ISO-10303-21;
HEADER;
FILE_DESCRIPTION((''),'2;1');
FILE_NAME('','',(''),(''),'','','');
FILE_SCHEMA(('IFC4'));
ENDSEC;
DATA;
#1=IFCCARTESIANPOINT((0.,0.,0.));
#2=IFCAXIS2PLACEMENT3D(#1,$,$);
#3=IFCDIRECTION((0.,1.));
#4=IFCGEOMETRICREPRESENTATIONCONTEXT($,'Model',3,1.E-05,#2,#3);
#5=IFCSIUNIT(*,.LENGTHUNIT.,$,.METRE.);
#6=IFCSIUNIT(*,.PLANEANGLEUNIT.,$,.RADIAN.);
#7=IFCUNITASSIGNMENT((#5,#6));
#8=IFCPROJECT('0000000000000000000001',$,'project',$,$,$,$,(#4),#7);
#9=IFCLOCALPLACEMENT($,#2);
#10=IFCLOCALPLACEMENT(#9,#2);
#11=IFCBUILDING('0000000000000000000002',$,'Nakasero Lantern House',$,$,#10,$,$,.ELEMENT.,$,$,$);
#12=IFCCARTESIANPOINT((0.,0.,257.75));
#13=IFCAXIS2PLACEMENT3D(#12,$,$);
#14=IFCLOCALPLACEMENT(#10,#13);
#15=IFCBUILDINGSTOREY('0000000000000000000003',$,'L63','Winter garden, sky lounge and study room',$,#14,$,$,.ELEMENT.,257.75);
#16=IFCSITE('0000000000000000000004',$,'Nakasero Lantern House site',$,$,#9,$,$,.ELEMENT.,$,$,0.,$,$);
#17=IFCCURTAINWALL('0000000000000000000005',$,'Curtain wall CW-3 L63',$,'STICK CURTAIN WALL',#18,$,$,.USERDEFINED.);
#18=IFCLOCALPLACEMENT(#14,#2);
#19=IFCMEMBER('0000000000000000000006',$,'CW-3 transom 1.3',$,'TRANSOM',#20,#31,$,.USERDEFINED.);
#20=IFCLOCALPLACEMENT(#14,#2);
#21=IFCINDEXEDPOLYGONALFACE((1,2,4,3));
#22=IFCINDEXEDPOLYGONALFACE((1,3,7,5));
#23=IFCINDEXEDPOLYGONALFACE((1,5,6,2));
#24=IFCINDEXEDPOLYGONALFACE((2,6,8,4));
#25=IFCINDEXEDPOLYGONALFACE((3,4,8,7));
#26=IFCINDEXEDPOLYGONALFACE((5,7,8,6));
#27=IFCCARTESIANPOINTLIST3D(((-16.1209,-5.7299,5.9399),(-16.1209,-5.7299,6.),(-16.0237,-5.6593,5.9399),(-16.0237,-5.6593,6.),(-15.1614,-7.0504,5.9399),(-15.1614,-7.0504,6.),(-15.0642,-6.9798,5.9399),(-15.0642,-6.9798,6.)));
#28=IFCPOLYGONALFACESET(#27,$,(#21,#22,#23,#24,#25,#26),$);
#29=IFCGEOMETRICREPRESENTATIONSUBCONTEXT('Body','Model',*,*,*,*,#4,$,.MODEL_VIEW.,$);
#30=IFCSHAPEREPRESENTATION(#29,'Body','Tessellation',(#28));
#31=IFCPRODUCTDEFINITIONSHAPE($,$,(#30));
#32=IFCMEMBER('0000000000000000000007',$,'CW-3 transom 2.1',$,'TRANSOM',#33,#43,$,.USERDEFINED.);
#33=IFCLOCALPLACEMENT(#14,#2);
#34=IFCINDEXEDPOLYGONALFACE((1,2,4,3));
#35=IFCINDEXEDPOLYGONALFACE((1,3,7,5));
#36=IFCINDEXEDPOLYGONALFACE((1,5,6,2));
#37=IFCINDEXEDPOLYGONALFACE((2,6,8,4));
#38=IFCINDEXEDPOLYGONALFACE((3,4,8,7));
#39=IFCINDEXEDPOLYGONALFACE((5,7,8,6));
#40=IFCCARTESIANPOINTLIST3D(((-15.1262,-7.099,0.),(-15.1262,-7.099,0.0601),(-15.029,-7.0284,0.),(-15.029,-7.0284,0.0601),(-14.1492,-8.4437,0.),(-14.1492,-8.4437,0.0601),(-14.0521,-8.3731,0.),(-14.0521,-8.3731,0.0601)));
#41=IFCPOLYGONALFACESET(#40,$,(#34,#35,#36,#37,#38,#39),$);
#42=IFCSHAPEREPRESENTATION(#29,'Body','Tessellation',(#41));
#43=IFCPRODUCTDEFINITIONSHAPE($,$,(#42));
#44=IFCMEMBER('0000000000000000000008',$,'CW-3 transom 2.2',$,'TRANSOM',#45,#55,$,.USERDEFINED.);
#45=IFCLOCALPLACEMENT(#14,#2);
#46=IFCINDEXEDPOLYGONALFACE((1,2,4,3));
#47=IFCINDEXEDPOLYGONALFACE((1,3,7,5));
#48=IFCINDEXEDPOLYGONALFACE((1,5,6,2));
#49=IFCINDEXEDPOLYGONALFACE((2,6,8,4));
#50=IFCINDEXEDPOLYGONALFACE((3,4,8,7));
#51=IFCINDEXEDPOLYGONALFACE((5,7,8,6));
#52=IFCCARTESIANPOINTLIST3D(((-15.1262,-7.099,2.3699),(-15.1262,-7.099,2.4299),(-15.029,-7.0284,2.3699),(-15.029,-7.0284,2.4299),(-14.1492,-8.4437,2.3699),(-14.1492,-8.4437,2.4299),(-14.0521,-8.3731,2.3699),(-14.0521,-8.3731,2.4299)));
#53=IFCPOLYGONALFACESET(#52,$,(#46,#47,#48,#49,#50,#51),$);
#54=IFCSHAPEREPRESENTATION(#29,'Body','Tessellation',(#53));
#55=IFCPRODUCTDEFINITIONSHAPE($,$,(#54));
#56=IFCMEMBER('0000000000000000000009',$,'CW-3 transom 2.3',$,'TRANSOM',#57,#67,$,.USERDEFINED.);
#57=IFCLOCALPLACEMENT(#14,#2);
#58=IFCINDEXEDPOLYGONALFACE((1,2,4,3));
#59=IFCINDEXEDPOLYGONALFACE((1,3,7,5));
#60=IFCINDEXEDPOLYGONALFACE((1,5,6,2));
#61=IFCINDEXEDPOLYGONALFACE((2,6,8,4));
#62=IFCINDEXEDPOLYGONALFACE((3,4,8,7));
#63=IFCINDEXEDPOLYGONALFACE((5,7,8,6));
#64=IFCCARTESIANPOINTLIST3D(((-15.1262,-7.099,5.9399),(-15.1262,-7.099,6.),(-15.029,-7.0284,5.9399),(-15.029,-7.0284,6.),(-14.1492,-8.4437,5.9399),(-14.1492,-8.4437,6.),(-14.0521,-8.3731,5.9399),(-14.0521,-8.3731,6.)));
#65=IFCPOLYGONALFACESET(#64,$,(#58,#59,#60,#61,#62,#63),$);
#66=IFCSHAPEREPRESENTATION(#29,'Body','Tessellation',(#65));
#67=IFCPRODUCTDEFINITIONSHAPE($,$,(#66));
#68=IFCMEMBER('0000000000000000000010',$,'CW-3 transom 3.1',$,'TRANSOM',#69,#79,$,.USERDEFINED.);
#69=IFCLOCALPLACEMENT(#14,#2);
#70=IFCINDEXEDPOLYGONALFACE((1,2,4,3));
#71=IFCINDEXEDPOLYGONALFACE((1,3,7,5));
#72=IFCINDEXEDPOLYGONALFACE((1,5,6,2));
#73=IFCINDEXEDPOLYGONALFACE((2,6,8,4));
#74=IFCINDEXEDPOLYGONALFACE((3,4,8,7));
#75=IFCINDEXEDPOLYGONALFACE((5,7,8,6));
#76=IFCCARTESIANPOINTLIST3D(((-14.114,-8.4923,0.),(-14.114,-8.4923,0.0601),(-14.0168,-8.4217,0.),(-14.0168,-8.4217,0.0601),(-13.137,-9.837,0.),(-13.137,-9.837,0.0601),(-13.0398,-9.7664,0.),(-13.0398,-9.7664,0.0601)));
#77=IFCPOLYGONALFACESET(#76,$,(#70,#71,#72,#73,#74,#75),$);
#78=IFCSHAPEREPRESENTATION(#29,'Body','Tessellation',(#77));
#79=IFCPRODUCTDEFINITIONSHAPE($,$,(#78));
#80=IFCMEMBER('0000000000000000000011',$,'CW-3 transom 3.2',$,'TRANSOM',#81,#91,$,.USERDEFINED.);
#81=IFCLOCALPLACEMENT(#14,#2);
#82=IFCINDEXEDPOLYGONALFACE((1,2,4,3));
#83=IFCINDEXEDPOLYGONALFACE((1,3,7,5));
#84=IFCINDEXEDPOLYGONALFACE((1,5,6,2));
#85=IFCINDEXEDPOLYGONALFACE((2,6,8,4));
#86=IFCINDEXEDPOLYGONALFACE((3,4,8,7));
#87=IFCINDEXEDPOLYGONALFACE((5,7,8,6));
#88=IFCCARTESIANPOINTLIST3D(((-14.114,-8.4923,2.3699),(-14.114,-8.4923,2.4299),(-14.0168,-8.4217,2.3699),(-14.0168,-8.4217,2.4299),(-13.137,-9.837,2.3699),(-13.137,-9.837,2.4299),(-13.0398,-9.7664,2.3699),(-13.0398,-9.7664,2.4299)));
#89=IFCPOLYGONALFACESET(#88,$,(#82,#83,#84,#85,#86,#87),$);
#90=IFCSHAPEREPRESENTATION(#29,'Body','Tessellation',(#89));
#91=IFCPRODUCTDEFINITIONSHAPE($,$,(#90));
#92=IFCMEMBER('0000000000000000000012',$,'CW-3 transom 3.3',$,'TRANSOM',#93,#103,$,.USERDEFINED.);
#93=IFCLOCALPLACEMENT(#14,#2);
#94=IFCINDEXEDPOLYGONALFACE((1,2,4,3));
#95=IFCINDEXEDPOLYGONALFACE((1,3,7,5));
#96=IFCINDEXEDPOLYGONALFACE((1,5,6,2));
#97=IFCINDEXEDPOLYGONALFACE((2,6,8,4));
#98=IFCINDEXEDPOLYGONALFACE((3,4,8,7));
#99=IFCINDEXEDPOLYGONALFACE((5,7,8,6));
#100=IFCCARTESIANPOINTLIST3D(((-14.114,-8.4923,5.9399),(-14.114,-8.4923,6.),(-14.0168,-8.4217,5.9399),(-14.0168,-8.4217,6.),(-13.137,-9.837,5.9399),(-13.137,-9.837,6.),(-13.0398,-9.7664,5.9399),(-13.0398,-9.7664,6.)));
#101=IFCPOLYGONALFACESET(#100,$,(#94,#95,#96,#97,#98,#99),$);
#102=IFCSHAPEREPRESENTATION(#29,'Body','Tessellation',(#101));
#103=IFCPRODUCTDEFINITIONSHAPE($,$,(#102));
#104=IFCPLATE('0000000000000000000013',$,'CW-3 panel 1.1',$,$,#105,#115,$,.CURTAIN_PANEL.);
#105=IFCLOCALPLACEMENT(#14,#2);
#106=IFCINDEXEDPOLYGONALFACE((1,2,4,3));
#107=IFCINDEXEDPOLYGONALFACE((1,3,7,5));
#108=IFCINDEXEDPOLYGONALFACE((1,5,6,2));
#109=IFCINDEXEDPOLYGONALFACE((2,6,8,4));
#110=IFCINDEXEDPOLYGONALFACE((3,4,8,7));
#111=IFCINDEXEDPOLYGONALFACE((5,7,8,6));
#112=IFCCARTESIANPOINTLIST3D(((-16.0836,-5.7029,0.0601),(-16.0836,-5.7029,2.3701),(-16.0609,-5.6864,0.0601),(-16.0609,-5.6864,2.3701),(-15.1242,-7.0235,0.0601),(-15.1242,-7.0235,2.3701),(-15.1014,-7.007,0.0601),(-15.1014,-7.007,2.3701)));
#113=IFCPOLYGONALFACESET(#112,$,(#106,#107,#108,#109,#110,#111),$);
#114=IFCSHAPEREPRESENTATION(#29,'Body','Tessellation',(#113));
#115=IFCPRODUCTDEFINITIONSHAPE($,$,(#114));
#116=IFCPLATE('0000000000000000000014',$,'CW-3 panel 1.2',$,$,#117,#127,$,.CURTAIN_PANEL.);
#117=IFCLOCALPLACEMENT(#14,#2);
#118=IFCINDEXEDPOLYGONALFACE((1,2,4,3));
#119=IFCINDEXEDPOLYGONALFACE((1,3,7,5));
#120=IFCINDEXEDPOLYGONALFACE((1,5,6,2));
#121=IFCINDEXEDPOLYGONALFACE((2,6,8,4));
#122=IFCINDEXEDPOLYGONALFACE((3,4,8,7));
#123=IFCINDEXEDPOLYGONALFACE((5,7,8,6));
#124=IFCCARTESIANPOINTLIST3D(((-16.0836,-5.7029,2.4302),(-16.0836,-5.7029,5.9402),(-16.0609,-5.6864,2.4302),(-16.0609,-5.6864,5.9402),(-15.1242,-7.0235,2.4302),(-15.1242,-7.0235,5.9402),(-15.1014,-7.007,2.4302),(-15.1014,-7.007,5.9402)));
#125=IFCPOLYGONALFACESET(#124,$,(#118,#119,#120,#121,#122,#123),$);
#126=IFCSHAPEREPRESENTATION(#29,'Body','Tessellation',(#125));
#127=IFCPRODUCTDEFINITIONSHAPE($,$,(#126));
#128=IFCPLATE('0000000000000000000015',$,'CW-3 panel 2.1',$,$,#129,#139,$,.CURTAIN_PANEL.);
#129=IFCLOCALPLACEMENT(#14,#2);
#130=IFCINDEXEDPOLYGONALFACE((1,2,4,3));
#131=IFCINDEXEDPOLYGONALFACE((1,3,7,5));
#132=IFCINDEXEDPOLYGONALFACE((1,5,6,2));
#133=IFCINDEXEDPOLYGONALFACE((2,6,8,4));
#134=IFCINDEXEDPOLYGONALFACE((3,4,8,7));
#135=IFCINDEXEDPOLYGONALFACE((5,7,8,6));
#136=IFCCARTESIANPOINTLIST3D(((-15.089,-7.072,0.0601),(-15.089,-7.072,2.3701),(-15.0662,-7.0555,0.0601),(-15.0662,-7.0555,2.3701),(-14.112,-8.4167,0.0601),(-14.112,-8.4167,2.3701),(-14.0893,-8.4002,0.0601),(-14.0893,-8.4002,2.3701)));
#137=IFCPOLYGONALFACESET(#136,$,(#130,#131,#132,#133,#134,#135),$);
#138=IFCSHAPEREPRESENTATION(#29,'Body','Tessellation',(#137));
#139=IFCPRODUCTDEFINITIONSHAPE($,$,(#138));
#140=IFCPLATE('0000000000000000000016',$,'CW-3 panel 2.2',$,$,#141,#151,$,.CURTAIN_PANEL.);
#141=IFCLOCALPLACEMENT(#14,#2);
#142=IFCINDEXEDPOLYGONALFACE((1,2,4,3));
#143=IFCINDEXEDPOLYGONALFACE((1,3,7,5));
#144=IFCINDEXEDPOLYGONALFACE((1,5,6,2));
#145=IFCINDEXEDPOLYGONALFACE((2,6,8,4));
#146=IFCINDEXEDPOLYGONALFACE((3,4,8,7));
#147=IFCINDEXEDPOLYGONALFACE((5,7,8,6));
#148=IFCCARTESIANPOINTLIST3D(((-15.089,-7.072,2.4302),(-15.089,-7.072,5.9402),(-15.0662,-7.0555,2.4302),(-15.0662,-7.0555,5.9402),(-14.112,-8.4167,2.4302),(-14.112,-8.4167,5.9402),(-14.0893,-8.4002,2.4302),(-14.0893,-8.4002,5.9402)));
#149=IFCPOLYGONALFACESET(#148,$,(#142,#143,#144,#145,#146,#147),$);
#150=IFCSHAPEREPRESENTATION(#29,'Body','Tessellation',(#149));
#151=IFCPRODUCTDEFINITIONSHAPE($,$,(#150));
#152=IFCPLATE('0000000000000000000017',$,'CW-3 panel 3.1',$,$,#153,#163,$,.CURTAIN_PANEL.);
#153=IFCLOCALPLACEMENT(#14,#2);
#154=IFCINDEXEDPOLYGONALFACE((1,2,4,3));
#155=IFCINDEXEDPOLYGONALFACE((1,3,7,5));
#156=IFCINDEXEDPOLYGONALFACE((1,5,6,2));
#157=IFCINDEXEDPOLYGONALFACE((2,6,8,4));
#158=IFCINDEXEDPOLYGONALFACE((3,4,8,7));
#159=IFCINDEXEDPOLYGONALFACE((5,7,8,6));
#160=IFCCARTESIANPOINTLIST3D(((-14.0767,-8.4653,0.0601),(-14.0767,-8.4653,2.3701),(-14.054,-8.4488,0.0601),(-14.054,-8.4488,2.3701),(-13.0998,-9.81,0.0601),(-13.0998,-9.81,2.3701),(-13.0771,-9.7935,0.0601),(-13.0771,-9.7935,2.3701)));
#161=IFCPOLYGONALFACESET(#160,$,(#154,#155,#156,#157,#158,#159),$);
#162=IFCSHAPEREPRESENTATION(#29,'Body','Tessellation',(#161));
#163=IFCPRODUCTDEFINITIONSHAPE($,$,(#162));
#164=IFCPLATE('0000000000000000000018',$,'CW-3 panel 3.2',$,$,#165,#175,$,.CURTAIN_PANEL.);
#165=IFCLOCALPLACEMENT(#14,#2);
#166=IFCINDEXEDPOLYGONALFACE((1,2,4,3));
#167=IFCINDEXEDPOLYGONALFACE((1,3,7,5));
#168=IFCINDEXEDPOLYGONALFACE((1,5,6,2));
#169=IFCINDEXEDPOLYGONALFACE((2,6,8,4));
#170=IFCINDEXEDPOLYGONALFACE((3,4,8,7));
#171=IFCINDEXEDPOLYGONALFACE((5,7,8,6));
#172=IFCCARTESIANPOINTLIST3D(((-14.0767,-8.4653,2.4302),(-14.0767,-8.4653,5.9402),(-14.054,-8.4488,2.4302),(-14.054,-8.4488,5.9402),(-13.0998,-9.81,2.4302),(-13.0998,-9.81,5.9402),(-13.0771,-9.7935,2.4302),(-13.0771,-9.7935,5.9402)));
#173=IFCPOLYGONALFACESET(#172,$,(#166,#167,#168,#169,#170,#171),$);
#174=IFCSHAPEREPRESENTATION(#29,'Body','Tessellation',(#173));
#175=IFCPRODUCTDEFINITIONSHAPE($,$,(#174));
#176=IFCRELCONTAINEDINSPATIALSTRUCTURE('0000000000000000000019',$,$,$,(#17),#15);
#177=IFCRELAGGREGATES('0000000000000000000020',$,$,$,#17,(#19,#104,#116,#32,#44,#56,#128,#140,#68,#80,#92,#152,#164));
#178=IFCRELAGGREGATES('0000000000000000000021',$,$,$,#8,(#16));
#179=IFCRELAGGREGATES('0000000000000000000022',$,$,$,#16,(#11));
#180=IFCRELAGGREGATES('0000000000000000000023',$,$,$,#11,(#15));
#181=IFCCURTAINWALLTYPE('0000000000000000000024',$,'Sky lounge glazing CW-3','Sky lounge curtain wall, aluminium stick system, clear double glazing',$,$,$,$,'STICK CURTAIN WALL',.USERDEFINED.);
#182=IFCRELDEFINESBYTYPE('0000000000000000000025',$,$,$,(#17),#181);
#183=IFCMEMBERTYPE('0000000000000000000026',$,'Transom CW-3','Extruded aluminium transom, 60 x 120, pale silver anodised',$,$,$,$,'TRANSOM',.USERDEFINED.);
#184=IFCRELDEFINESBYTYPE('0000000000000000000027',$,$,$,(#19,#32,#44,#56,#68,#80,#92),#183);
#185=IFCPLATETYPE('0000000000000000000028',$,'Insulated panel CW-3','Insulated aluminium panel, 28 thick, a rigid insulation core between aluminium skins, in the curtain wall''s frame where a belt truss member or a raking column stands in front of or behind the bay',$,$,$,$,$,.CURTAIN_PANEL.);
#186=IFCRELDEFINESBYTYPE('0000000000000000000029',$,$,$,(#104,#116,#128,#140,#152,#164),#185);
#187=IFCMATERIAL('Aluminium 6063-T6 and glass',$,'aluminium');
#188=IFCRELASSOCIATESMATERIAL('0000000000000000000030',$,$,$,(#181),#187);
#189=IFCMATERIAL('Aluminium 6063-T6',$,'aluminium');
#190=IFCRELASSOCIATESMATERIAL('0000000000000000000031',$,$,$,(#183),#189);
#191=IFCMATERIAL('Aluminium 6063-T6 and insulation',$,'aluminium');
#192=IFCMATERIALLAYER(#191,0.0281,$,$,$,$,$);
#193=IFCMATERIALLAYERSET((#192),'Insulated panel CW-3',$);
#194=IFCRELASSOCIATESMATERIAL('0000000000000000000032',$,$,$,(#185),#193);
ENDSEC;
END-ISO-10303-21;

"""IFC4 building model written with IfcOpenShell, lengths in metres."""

from ifc_helpers import new_model, si_unit, direction, frame, origin, origin_2d, place, context, subcontext, project, spatial, rectangle, extrude, material, layer, layer_set, material_profile, profile_set, type_object, element, aggregate, save


model = new_model("IFC4")

# Units and contexts
model_context = context("Model", 3, precision=1e-05, world=origin(), true_north=direction((0.0, 1.0)))
body_context = subcontext(model_context, "Body", "Model", "MODEL_VIEW")
ifc_project = project(units=[si_unit("LENGTHUNIT", "METRE"), si_unit("PLANEANGLEUNIT", "RADIAN")], contexts=[model_context])

# Site, building, storey
site_placement = place(None, origin())
site = spatial("IfcSite", under=ifc_project, at=site_placement, Name="Nakasero Lantern House site", CompositionType="ELEMENT", RefElevation=0.0)
building_placement = place(site_placement, origin())
building = spatial("IfcBuilding", under=site, at=building_placement, Name="Nakasero Lantern House", CompositionType="ELEMENT")
storey_placement = place(building_placement, frame((0.0, 0.0, 257.75)))
storey = spatial("IfcBuildingStorey", under=building, at=storey_placement, Name="L63", Description="Winter garden, sky lounge and study room", CompositionType="ELEMENT", Elevation=257.75)

# Curtain wall
ifc_material_1 = material(Name="Aluminium 6063-T6 and glass", Category="aluminium")
curtain_wall_type = type_object("IfcCurtainWallType", Name="Sky lounge glazing CW-3", Description="Sky lounge curtain wall, aluminium stick system, clear double glazing", ElementType="STICK CURTAIN WALL", PredefinedType="USERDEFINED", material=ifc_material_1)
curtain_wall_placement = place(storey_placement, origin())
curtain_wall = element("IfcCurtainWall", 1, at=curtain_wall_placement, inside=storey, type_object=curtain_wall_type, Name="Curtain wall CW-3 L63", ObjectType="STICK CURTAIN WALL", PredefinedType="USERDEFINED")

# Members
ifc_material_2 = material(Name="Aluminium 6063-T6", Category="aluminium")
ifc_material_profile_1 = material_profile(ifc_material_2, rectangle(XDim=0.0601, YDim=0.1201, at=origin_2d()), Name="CW-3 transom 60x120")
ifc_profile_set_1 = profile_set([ifc_material_profile_1], Name="Aluminium 6063-T6")
member_type_1 = type_object("IfcMemberType", Name="Transom CW-3", Description="Extruded aluminium transom, 60 x 120, pale silver anodised", ElementType="TRANSOM", PredefinedType="USERDEFINED", material=ifc_profile_set_1)
member_1_placement = place(storey_placement, frame((-16.0723, -5.6946, 5.97), z_axis=(0.587798, -0.809008, 0.0), x_axis=(0.0, 0.0, 1.0)))
member_1 = element("IfcMember", 2, at=member_1_placement, type_object=member_type_1, Name="CW-3 transom 1.3", ObjectType="TRANSOM", PredefinedType="USERDEFINED", context=body_context, shape_type="SweptSolid", body=[
    extrude(rectangle(XDim=0.0601, YDim=0.1201, at=origin_2d()), origin(), (0.0, 0.0, 1.0), 1.6323),
])
member_2_placement = place(storey_placement, frame((-15.0776, -7.0637, 0.03), z_axis=(0.587805, -0.809003, 0.0), x_axis=(0.0, 0.0, 1.0)))
member_2 = element("IfcMember", 3, at=member_2_placement, type_object=member_type_1, Name="CW-3 transom 2.1", ObjectType="TRANSOM", PredefinedType="USERDEFINED", context=body_context, shape_type="SweptSolid", body=[
    extrude(rectangle(XDim=0.0601, YDim=0.1201, at=origin_2d()), origin(), (0.0, 0.0, 1.0), 1.6621),
])
member_3_placement = place(storey_placement, frame((-15.0776, -7.0637, 2.3999), z_axis=(0.587805, -0.809003, 0.0), x_axis=(0.0, 0.0, 1.0)))
member_3 = element("IfcMember", 4, at=member_3_placement, type_object=member_type_1, Name="CW-3 transom 2.2", ObjectType="TRANSOM", PredefinedType="USERDEFINED", context=body_context, shape_type="SweptSolid", body=[
    extrude(rectangle(XDim=0.0601, YDim=0.1201, at=origin_2d()), origin(), (0.0, 0.0, 1.0), 1.6621),
])
member_4_placement = place(storey_placement, frame((-15.0776, -7.0637, 5.97), z_axis=(0.587805, -0.809003, 0.0), x_axis=(0.0, 0.0, 1.0)))
member_4 = element("IfcMember", 5, at=member_4_placement, type_object=member_type_1, Name="CW-3 transom 2.3", ObjectType="TRANSOM", PredefinedType="USERDEFINED", context=body_context, shape_type="SweptSolid", body=[
    extrude(rectangle(XDim=0.0601, YDim=0.1201, at=origin_2d()), origin(), (0.0, 0.0, 1.0), 1.6621),
])
member_5_placement = place(storey_placement, frame((-14.0654, -8.457, 0.03), z_axis=(0.587805, -0.809003, 0.0), x_axis=(0.0, 0.0, 1.0)))
member_5 = element("IfcMember", 6, at=member_5_placement, type_object=member_type_1, Name="CW-3 transom 3.1", ObjectType="TRANSOM", PredefinedType="USERDEFINED", context=body_context, shape_type="SweptSolid", body=[
    extrude(rectangle(XDim=0.0601, YDim=0.1201, at=origin_2d()), origin(), (0.0, 0.0, 1.0), 1.6621),
])
member_6_placement = place(storey_placement, frame((-14.0654, -8.457, 2.3999), z_axis=(0.587805, -0.809003, 0.0), x_axis=(0.0, 0.0, 1.0)))
member_6 = element("IfcMember", 7, at=member_6_placement, type_object=member_type_1, Name="CW-3 transom 3.2", ObjectType="TRANSOM", PredefinedType="USERDEFINED", context=body_context, shape_type="SweptSolid", body=[
    extrude(rectangle(XDim=0.0601, YDim=0.1201, at=origin_2d()), origin(), (0.0, 0.0, 1.0), 1.6621),
])
member_7_placement = place(storey_placement, frame((-14.0654, -8.457, 5.97), z_axis=(0.587805, -0.809003, 0.0), x_axis=(0.0, 0.0, 1.0)))
member_7 = element("IfcMember", 8, at=member_7_placement, type_object=member_type_1, Name="CW-3 transom 3.3", ObjectType="TRANSOM", PredefinedType="USERDEFINED", context=body_context, shape_type="SweptSolid", body=[
    extrude(rectangle(XDim=0.0601, YDim=0.1201, at=origin_2d()), origin(), (0.0, 0.0, 1.0), 1.6621),
])

# Plates
ifc_material_3 = material(Name="Aluminium 6063-T6 and insulation", Category="aluminium")
ifc_layer = layer(ifc_material_3, 0.0281)
ifc_layer_set = layer_set([ifc_layer], Name="Insulated panel CW-3")
plate_type = type_object("IfcPlateType", Name="Insulated panel CW-3", Description="Insulated aluminium panel, 28 thick, a rigid insulation core between aluminium skins, in the curtain wall's frame where a belt truss member or a raking column stands in front of or behind the bay", PredefinedType="CURTAIN_PANEL", material=ifc_layer_set)
plate_1_placement = place(storey_placement, frame((-15.5925, -6.355, 0.0601), z_axis=(0.0, 0.0, 1.0), x_axis=(0.587785, -0.809017, 0.0)))
plate_1 = element("IfcPlate", 9, at=plate_1_placement, type_object=plate_type, Name="CW-3 panel 1.1", PredefinedType="CURTAIN_PANEL", context=body_context, shape_type="SweptSolid", body=[
    extrude(rectangle(XDim=1.6323, YDim=0.0281, at=origin_2d()), origin(), (0.0, 0.0, 1.0), 2.3101),
])
plate_2_placement = place(storey_placement, frame((-15.5925, -6.355, 2.4302), z_axis=(0.0, 0.0, 1.0), x_axis=(0.587785, -0.809017, 0.0)))
plate_2 = element("IfcPlate", 10, at=plate_2_placement, type_object=plate_type, Name="CW-3 panel 1.2", PredefinedType="CURTAIN_PANEL", context=body_context, shape_type="SweptSolid", body=[
    extrude(rectangle(XDim=1.6323, YDim=0.0281, at=origin_2d()), origin(), (0.0, 0.0, 1.0), 3.51),
])
plate_3_placement = place(storey_placement, frame((-14.5891, -7.7361, 0.0601), z_axis=(0.0, 0.0, 1.0), x_axis=(0.587785, -0.809017, 0.0)))
plate_3 = element("IfcPlate", 11, at=plate_3_placement, type_object=plate_type, Name="CW-3 panel 2.1", PredefinedType="CURTAIN_PANEL", context=body_context, shape_type="SweptSolid", body=[
    extrude(rectangle(XDim=1.6621, YDim=0.0281, at=origin_2d()), origin(), (0.0, 0.0, 1.0), 2.3101),
])
plate_4_placement = place(storey_placement, frame((-14.5891, -7.7361, 2.4302), z_axis=(0.0, 0.0, 1.0), x_axis=(0.587785, -0.809017, 0.0)))
plate_4 = element("IfcPlate", 12, at=plate_4_placement, type_object=plate_type, Name="CW-3 panel 2.2", PredefinedType="CURTAIN_PANEL", context=body_context, shape_type="SweptSolid", body=[
    extrude(rectangle(XDim=1.6621, YDim=0.0281, at=origin_2d()), origin(), (0.0, 0.0, 1.0), 3.51),
])
plate_5_placement = place(storey_placement, frame((-13.5769, -9.1294, 0.0601), z_axis=(0.0, 0.0, 1.0), x_axis=(0.587785, -0.809017, 0.0)))
plate_5 = element("IfcPlate", 13, at=plate_5_placement, type_object=plate_type, Name="CW-3 panel 3.1", PredefinedType="CURTAIN_PANEL", context=body_context, shape_type="SweptSolid", body=[
    extrude(rectangle(XDim=1.6621, YDim=0.0281, at=origin_2d()), origin(), (0.0, 0.0, 1.0), 2.3101),
])
plate_6_placement = place(storey_placement, frame((-13.5769, -9.1294, 2.4302), z_axis=(0.0, 0.0, 1.0), x_axis=(0.587785, -0.809017, 0.0)))
plate_6 = element("IfcPlate", 14, at=plate_6_placement, type_object=plate_type, Name="CW-3 panel 3.2", PredefinedType="CURTAIN_PANEL", context=body_context, shape_type="SweptSolid", body=[
    extrude(rectangle(XDim=1.6621, YDim=0.0281, at=origin_2d()), origin(), (0.0, 0.0, 1.0), 3.51),
])
aggregate(curtain_wall, [member_1, plate_1, plate_2, member_2, member_3, member_4, plate_3, plate_4, member_5, member_6, member_7, plate_5, plate_6])

save(model, "model.ifc")
